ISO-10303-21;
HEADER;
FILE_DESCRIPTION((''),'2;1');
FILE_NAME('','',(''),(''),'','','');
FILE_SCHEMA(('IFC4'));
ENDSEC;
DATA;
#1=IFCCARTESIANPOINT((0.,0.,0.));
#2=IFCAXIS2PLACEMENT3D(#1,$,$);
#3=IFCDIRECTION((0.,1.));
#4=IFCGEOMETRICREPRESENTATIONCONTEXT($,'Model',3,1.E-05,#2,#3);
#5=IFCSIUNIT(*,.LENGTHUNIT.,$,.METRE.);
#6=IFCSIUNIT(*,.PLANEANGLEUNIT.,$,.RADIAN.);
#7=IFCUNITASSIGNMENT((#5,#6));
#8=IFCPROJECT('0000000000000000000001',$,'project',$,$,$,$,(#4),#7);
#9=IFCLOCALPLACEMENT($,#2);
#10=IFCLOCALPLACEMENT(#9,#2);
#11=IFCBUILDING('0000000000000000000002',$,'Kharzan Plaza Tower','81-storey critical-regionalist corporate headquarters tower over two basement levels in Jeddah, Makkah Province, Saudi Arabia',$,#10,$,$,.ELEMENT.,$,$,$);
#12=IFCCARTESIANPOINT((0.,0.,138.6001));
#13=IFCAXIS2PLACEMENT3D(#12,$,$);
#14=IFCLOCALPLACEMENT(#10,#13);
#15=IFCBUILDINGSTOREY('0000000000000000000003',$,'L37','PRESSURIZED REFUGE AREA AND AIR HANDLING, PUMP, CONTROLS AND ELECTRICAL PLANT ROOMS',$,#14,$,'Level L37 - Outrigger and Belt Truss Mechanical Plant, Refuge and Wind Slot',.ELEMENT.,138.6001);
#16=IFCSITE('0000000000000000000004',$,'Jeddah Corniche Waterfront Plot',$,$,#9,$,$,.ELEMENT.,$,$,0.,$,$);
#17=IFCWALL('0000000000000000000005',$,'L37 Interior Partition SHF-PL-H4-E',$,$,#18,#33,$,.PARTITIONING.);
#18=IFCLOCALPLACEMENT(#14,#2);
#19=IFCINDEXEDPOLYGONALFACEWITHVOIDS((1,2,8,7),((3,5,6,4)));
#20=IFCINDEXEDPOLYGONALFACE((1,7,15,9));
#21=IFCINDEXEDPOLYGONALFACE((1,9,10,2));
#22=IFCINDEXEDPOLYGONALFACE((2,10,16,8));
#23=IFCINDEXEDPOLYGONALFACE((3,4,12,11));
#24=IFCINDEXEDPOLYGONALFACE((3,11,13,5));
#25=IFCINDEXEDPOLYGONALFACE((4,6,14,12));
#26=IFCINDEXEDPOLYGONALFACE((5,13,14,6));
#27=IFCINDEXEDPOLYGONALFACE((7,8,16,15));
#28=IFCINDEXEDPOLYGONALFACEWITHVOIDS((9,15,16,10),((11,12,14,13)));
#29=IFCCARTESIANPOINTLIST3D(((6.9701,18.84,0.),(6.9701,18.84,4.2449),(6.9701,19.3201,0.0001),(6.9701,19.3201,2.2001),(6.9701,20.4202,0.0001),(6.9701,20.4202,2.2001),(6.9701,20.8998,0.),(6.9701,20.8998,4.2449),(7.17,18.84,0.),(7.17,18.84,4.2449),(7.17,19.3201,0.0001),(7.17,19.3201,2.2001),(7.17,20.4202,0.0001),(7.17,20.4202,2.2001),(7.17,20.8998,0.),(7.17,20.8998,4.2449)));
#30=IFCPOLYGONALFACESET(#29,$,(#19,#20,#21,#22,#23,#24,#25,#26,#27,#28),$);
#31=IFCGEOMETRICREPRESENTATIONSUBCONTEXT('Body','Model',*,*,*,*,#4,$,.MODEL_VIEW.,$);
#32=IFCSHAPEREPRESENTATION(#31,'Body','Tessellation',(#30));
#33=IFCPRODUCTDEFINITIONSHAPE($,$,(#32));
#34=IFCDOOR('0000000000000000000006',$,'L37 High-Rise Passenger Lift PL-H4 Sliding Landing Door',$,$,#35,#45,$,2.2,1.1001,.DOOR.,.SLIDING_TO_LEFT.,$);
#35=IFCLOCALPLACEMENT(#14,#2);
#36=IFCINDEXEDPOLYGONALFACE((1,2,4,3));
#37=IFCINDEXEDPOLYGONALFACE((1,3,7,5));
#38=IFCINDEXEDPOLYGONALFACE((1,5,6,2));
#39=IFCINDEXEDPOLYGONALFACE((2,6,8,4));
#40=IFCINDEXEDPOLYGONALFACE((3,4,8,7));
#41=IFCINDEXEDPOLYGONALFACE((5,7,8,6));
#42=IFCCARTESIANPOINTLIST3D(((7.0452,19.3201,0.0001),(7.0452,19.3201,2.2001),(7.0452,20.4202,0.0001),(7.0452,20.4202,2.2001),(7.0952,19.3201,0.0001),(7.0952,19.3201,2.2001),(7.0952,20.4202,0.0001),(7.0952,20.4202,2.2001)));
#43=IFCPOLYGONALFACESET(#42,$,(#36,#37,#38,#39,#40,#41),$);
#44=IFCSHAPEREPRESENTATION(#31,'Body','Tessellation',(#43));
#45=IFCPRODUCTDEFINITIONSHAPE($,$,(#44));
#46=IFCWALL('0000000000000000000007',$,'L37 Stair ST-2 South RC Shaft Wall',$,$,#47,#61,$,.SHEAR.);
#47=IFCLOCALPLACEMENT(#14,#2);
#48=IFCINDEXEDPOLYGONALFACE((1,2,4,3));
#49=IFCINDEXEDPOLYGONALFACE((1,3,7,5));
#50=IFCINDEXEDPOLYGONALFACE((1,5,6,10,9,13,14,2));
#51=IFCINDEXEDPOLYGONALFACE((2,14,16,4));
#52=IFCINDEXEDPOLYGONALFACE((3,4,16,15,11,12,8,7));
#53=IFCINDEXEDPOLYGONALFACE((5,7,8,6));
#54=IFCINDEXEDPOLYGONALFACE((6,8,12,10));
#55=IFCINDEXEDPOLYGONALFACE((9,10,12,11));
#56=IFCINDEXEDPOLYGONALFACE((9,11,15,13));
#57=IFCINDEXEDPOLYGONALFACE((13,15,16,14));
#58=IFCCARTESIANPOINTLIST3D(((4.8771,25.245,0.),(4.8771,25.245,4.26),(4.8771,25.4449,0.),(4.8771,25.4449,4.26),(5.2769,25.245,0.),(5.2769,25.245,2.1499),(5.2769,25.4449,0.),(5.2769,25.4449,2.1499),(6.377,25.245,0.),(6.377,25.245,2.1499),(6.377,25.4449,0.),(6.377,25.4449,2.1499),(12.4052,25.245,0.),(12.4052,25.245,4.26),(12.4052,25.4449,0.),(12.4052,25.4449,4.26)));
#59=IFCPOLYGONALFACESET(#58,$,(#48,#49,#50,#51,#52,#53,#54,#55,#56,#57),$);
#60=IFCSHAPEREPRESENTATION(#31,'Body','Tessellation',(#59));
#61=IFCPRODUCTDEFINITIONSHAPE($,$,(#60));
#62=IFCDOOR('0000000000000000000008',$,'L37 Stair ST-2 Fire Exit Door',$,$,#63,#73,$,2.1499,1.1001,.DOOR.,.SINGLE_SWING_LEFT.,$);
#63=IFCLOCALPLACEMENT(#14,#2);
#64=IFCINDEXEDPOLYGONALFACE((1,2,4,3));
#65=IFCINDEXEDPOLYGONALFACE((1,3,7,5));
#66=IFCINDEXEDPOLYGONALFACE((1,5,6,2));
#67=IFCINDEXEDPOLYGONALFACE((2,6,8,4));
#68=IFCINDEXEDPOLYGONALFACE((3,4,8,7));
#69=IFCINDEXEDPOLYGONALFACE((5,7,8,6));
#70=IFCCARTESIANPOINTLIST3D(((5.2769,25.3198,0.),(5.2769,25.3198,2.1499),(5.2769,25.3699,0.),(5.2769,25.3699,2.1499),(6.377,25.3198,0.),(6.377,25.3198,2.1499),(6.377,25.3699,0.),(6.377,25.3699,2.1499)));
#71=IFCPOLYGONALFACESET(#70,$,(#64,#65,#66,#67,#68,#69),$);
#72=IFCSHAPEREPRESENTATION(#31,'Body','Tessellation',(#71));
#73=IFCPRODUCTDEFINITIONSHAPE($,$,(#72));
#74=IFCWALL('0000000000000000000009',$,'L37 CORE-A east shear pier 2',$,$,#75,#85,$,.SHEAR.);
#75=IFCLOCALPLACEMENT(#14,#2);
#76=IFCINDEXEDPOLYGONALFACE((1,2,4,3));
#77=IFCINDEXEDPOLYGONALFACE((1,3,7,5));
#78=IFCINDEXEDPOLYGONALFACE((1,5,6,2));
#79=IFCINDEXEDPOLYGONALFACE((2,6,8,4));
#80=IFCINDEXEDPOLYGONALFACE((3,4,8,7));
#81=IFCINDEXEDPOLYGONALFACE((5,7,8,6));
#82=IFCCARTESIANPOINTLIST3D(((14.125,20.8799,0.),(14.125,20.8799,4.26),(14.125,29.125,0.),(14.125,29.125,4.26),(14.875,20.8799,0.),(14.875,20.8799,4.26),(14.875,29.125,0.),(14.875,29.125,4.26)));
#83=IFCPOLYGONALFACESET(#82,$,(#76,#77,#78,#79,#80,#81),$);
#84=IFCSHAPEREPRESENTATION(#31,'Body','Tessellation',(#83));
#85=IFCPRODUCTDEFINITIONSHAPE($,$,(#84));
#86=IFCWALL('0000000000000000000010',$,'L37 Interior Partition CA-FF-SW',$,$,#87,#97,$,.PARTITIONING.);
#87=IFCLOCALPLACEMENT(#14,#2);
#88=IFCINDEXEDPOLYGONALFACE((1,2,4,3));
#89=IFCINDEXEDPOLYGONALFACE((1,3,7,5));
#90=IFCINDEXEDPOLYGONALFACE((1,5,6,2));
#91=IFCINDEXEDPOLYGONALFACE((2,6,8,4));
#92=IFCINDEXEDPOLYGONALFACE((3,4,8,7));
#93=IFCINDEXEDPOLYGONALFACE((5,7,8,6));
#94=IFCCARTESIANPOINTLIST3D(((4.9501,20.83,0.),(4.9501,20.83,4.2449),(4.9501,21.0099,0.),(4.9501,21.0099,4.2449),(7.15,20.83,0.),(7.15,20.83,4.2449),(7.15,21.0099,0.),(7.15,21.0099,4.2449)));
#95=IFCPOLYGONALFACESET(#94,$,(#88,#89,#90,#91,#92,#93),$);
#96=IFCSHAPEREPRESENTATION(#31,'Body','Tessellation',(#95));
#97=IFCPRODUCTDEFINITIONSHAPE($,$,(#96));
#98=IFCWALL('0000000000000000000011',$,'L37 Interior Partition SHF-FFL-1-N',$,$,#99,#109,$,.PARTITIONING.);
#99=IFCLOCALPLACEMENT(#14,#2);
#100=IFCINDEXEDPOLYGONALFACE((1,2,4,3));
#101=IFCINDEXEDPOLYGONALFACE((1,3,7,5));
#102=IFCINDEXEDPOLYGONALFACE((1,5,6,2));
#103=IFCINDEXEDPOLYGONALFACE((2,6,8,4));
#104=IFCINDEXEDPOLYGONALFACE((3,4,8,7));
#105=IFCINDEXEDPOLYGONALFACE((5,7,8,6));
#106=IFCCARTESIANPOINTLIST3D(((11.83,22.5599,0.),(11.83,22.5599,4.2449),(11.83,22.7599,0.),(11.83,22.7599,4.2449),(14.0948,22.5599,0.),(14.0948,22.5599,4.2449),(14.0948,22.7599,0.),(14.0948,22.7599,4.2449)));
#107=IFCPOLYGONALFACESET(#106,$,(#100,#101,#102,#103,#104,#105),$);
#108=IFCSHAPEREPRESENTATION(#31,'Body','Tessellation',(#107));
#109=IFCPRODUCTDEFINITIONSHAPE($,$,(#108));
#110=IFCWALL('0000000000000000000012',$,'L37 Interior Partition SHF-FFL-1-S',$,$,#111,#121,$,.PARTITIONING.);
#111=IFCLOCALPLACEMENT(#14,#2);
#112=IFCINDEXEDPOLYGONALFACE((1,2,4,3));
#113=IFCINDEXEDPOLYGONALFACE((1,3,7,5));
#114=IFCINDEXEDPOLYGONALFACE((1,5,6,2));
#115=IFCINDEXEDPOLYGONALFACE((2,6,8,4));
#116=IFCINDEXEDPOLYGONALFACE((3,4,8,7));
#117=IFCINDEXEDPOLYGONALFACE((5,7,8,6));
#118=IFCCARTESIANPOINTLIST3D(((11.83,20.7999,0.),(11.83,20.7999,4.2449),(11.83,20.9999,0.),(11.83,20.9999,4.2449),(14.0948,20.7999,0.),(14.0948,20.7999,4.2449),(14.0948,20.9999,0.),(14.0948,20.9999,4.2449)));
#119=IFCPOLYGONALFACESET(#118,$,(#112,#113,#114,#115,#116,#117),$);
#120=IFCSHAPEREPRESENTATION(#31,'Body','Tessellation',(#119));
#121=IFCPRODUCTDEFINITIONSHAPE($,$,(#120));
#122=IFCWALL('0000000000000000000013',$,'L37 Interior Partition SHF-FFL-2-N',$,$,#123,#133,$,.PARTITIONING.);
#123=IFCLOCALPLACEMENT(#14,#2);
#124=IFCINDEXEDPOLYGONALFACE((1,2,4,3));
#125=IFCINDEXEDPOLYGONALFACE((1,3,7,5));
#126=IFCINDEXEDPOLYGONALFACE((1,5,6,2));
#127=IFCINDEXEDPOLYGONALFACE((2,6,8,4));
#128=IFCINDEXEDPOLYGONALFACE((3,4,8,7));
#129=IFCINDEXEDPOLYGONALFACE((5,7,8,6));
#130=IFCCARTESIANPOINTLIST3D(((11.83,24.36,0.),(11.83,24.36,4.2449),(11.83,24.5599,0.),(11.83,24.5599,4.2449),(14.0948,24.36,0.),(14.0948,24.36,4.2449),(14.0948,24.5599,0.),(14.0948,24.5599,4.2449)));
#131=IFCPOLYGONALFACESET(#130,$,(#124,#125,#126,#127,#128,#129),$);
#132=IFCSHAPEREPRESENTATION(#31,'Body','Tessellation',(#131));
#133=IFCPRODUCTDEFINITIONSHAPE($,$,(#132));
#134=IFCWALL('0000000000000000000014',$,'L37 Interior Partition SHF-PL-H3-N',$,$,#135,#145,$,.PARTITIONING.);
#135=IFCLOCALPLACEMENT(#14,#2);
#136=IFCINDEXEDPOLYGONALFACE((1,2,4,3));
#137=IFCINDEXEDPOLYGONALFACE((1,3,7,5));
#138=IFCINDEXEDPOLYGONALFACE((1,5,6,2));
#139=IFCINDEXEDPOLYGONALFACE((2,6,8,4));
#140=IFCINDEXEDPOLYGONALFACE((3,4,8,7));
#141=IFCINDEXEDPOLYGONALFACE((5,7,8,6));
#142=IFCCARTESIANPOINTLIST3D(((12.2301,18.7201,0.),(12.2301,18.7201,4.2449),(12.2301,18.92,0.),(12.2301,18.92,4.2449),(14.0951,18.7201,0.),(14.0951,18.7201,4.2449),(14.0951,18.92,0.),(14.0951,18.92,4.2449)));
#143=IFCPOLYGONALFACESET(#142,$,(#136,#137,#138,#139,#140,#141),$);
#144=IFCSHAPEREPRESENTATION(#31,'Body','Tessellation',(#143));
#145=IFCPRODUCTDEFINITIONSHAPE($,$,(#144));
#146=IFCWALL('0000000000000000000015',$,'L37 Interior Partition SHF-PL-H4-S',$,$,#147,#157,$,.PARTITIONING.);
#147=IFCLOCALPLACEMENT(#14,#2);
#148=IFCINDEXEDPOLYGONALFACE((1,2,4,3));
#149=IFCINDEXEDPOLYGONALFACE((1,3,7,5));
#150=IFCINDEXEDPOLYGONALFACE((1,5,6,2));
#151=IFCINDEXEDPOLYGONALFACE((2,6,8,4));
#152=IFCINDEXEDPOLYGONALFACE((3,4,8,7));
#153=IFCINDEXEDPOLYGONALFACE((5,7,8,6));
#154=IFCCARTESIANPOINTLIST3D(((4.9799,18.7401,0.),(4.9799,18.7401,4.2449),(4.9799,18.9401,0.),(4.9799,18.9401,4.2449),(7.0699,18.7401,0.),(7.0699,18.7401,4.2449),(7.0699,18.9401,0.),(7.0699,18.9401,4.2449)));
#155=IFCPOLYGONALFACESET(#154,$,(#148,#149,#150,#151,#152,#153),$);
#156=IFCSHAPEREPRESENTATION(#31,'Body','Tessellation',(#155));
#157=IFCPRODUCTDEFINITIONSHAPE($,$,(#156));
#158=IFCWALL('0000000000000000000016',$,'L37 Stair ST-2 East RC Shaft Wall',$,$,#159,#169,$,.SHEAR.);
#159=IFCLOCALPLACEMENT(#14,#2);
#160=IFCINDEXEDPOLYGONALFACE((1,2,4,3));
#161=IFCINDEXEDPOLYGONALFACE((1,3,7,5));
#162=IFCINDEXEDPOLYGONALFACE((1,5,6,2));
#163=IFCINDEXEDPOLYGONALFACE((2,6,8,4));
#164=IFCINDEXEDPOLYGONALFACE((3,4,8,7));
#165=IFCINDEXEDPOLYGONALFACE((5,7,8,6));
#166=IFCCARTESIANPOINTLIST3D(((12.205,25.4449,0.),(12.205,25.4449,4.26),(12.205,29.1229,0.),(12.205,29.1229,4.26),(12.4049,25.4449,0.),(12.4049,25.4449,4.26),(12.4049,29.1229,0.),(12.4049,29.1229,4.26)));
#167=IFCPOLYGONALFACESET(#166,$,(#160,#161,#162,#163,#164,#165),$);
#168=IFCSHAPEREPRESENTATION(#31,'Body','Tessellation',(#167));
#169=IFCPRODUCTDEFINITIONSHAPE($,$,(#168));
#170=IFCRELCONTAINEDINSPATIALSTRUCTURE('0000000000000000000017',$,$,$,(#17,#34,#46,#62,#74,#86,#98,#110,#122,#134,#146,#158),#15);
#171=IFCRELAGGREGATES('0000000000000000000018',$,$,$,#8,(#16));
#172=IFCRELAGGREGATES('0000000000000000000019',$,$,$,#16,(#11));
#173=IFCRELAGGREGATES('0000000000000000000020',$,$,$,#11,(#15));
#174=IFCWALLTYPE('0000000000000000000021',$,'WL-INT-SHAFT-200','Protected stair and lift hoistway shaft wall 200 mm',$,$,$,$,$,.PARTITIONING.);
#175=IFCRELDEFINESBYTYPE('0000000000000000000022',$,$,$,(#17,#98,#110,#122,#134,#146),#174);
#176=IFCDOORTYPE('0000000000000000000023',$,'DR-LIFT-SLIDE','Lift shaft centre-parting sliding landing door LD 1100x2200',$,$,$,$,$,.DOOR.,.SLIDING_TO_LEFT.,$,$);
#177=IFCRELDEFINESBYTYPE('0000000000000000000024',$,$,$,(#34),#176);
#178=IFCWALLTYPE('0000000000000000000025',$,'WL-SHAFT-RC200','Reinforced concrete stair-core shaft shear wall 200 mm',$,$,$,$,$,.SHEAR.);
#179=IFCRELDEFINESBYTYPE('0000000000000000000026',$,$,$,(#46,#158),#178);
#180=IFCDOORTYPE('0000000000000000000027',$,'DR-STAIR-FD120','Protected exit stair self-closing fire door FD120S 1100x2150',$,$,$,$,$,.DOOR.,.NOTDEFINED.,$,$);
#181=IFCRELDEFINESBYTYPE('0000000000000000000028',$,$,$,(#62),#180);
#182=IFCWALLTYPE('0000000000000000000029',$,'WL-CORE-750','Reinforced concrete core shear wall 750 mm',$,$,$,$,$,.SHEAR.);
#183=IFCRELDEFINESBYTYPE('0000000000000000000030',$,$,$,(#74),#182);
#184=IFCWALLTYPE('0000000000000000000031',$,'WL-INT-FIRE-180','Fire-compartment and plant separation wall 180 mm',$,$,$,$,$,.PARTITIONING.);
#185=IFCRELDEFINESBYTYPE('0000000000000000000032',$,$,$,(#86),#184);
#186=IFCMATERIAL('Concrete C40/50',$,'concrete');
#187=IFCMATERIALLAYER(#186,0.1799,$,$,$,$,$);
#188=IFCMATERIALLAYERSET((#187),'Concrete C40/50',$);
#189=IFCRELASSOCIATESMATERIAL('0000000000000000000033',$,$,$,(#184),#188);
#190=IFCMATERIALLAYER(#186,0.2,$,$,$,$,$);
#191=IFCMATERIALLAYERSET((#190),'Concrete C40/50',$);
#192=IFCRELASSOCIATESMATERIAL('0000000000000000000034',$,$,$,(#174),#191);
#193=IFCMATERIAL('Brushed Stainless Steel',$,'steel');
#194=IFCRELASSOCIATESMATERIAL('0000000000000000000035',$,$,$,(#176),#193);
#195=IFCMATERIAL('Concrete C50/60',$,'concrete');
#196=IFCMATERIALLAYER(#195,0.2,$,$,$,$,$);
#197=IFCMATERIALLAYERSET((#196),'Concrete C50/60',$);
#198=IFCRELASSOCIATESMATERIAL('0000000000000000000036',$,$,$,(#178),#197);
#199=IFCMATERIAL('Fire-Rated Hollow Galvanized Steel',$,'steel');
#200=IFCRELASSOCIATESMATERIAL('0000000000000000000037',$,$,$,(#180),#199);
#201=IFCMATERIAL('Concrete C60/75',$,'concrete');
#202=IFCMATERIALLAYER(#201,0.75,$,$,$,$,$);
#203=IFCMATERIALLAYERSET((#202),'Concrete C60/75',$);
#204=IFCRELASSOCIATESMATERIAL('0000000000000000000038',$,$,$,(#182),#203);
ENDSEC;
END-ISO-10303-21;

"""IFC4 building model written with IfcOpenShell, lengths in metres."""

from ifc_helpers import new_model, si_unit, direction, frame, frame_2d, origin, place, context, subcontext, project, spatial, rectangle, extrude, source, transform, mapped, material, layer, layer_set, type_object, element, fill, save


model = new_model("IFC4")

# Units and contexts
model_context = context("Model", 3, precision=1e-05, world=origin(), true_north=direction((0.0, 1.0)))
body_context = subcontext(model_context, "Body", "Model", "MODEL_VIEW")
ifc_project = project(units=[si_unit("LENGTHUNIT", "METRE"), si_unit("PLANEANGLEUNIT", "RADIAN")], contexts=[model_context])

# Site, building, storey
site_placement = place(None, origin())
site = spatial("IfcSite", under=ifc_project, at=site_placement, Name="Jeddah Corniche Waterfront Plot", CompositionType="ELEMENT", RefElevation=0.0)
building_placement = place(site_placement, origin())
building = spatial("IfcBuilding", under=site, at=building_placement, Name="Kharzan Plaza Tower", Description="81-storey critical-regionalist corporate headquarters tower over two basement levels in Jeddah, Makkah Province, Saudi Arabia", CompositionType="ELEMENT")
storey_placement = place(building_placement, frame((0.0, 0.0, 138.6001)))
storey = spatial("IfcBuildingStorey", under=building, at=storey_placement, Name="L37", Description="PRESSURIZED REFUGE AREA AND AIR HANDLING, PUMP, CONTROLS AND ELECTRICAL PLANT ROOMS", LongName="Level L37 - Outrigger and Belt Truss Mechanical Plant, Refuge and Wind Slot", CompositionType="ELEMENT", Elevation=138.6001)

# Shared definitions
ifc_material_1 = material(Name="Concrete C60/75", Category="concrete")

# Walls, openings, doors
ifc_material_2 = material(Name="Concrete C40/50", Category="concrete")
ifc_layer_1 = layer(ifc_material_2, 0.1799)
ifc_layer_set_1 = layer_set([ifc_layer_1], Name="Concrete C40/50")
wall_type_1 = type_object("IfcWallType", Name="WL-INT-FIRE-180", Description="Fire-compartment and plant separation wall 180 mm", PredefinedType="PARTITIONING", material=ifc_layer_set_1)
ifc_layer_2 = layer(ifc_material_2, 0.2)
ifc_layer_set_2 = layer_set([ifc_layer_2], Name="Concrete C40/50")
wall_type_2 = type_object("IfcWallType", Name="WL-INT-SHAFT-200", Description="Protected stair and lift hoistway shaft wall 200 mm", PredefinedType="PARTITIONING", material=ifc_layer_set_2)
ifc_material_3 = material(Name="Brushed Stainless Steel", Category="steel")
door_type_1 = type_object("IfcDoorType", Name="DR-LIFT-SLIDE", Description="Lift shaft centre-parting sliding landing door LD 1100x2200", OperationType="SLIDING_TO_LEFT", PredefinedType="DOOR", material=ifc_material_3)
shared_shape_1 = source(origin(), body_context, "Body", "SweptSolid", [
    extrude(rectangle(XDim=1.1001, YDim=2.2, at=frame_2d((0.55, 1.1001))), frame((0.0, 0.0249, 0.0), z_axis=(0.0, -1.0, 0.0), x_axis=(1.0, 0.0, 0.0)), (0.0, 0.0, 1.0), 0.05),
])
wall_1_placement = place(storey_placement, frame((7.0701, 18.8401, 0.0), z_axis=(0.0, 0.0, 1.0), x_axis=(0.0, 1.0, 0.0)))
wall_1 = element("IfcWall", 1, at=wall_1_placement, inside=storey, type_object=wall_type_2, Name="L37 Interior Partition SHF-PL-H4-E", PredefinedType="PARTITIONING", context=body_context, shape_type="SweptSolid", body=[
    extrude(rectangle(XDim=2.0598, YDim=0.2, at=frame_2d((1.0298, 0.0))), origin(), (0.0, 0.0, 1.0), 4.2449),
])
opening_1_placement = place(wall_1_placement, frame((0.48, 0.0, 0.0)))
opening_1 = element("IfcOpeningElement", 2, at=opening_1_placement, cuts=wall_1, PredefinedType="OPENING", context=body_context, shape_type="SweptSolid", body=[
    extrude(rectangle(XDim=1.1001, YDim=2.2, at=frame_2d((0.55, 1.1001))), frame((0.0, 0.1099, 0.0), z_axis=(0.0, -1.0, 0.0), x_axis=(1.0, 0.0, 0.0)), (0.0, 0.0, 1.0), 0.22),
])
door_1_placement = place(opening_1_placement, origin())
door_1 = element("IfcDoor", 3, at=door_1_placement, inside=storey, type_object=door_type_1, Name="L37 High-Rise Passenger Lift PL-H4 Sliding Landing Door", OperationType="SLIDING_TO_LEFT", OverallHeight=2.2, OverallWidth=1.1001, PredefinedType="DOOR", context=body_context, shape_type="MappedRepresentation", body=[
    mapped(shared_shape_1, transform((0.0, 0.0, 0.0), x_axis=(1.0, 0.0, 0.0), y_axis=(0.0, 1.0, 0.0), z_axis=(0.0, 0.0, 1.0))),
])
fill(opening_1, door_1)
ifc_material_4 = material(Name="Concrete C50/60", Category="concrete")
ifc_layer_3 = layer(ifc_material_4, 0.2)
ifc_layer_set_3 = layer_set([ifc_layer_3], Name="Concrete C50/60")
wall_type_3 = type_object("IfcWallType", Name="WL-SHAFT-RC200", Description="Reinforced concrete stair-core shaft shear wall 200 mm", PredefinedType="SHEAR", material=ifc_layer_set_3)
wall_2_placement = place(storey_placement, frame((4.877, 25.345, 0.0), z_axis=(0.0, 0.0, 1.0), x_axis=(1.0, 0.0, 0.0)))
wall_2 = element("IfcWall", 4, at=wall_2_placement, inside=storey, type_object=wall_type_3, Name="L37 Stair ST-2 South RC Shaft Wall", PredefinedType="SHEAR", context=body_context, shape_type="SweptSolid", body=[
    extrude(rectangle(XDim=7.5281, YDim=0.2, at=frame_2d((3.7642, 0.0))), origin(), (0.0, 0.0, 1.0), 4.26),
])
opening_2_placement = place(wall_2_placement, frame((0.3999, 0.0, 0.0)))
opening_2 = element("IfcOpeningElement", 5, at=opening_2_placement, cuts=wall_2, PredefinedType="OPENING", context=body_context, shape_type="SweptSolid", body=[
    extrude(rectangle(XDim=1.1001, YDim=2.1499, at=frame_2d((0.55, 1.075))), frame((0.0, 0.1099, 0.0), z_axis=(0.0, -1.0, 0.0), x_axis=(1.0, 0.0, 0.0)), (0.0, 0.0, 1.0), 0.22),
])
ifc_material_5 = material(Name="Fire-Rated Hollow Galvanized Steel", Category="steel")
door_type_2 = type_object("IfcDoorType", Name="DR-STAIR-FD120", Description="Protected exit stair self-closing fire door FD120S 1100x2150", OperationType="NOTDEFINED", PredefinedType="DOOR", material=ifc_material_5)
shared_shape_2 = source(origin(), body_context, "Body", "SweptSolid", [
    extrude(rectangle(XDim=1.1001, YDim=2.1499, at=frame_2d((0.55, 1.075))), frame((0.0, 0.0249, 0.0), z_axis=(0.0, -1.0, 0.0), x_axis=(1.0, 0.0, 0.0)), (0.0, 0.0, 1.0), 0.05),
])
door_2_placement = place(opening_2_placement, origin())
door_2 = element("IfcDoor", 6, at=door_2_placement, inside=storey, type_object=door_type_2, Name="L37 Stair ST-2 Fire Exit Door", OperationType="SINGLE_SWING_LEFT", OverallHeight=2.1499, OverallWidth=1.1001, PredefinedType="DOOR", context=body_context, shape_type="MappedRepresentation", body=[
    mapped(shared_shape_2, transform((0.0, 0.0, 0.0), x_axis=(1.0, 0.0, 0.0), y_axis=(0.0, 1.0, 0.0), z_axis=(0.0, 0.0, 1.0))),
])
fill(opening_2, door_2)

# Walls
ifc_layer_4 = layer(ifc_material_1, 0.75)
ifc_layer_set_4 = layer_set([ifc_layer_4], Name="Concrete C60/75")
wall_type_4 = type_object("IfcWallType", Name="WL-CORE-750", Description="Reinforced concrete core shear wall 750 mm", PredefinedType="SHEAR", material=ifc_layer_set_4)
shared_shape_3 = source(origin(), body_context, "Body", "SweptSolid", [
    extrude(rectangle(XDim=8.2451, YDim=0.75, at=frame_2d((4.1226, 0.0))), origin(), (0.0, 0.0, 1.0), 4.26),
])
wall_3_placement = place(storey_placement, frame((14.5, 20.8799, 0.0), z_axis=(0.0, 0.0, 1.0), x_axis=(0.0, 1.0, 0.0)))
element("IfcWall", 7, at=wall_3_placement, inside=storey, type_object=wall_type_4, Name="L37 CORE-A east shear pier 2", PredefinedType="SHEAR", context=body_context, shape_type="MappedRepresentation", body=[
    mapped(shared_shape_3, transform((0.0, 0.0, 0.0), x_axis=(1.0, 0.0, 0.0), y_axis=(0.0, 1.0, 0.0), z_axis=(0.0, 0.0, 1.0))),
])
shared_shape_4 = source(origin(), body_context, "Body", "SweptSolid", [
    extrude(rectangle(XDim=2.2, YDim=0.1799, at=frame_2d((1.1001, 0.0))), origin(), (0.0, 0.0, 1.0), 4.2449),
])
wall_4_placement = place(storey_placement, frame((4.95, 20.9199, 0.0), z_axis=(0.0, 0.0, 1.0), x_axis=(1.0, 0.0, 0.0)))
element("IfcWall", 8, at=wall_4_placement, inside=storey, type_object=wall_type_1, Name="L37 Interior Partition CA-FF-SW", PredefinedType="PARTITIONING", context=body_context, shape_type="MappedRepresentation", body=[
    mapped(shared_shape_4, transform((0.0, 0.0, 0.0), x_axis=(1.0, 0.0, 0.0), y_axis=(0.0, 1.0, 0.0), z_axis=(0.0, 0.0, 1.0))),
])
shared_shape_5 = source(origin(), body_context, "Body", "SweptSolid", [
    extrude(rectangle(XDim=2.2649, YDim=0.2, at=frame_2d((1.1323, 0.0))), origin(), (0.0, 0.0, 1.0), 4.2449),
])
for number, where, z_axis, x_axis, name in (
    (9, (11.8301, 22.6599, 0.0), (0.0, 0.0, 1.0), (1.0, 0.0, 0.0), "L37 Interior Partition SHF-FFL-1-N"),
    (10, (11.8301, 20.8999, 0.0), (0.0, 0.0, 1.0), (1.0, 0.0, 0.0), "L37 Interior Partition SHF-FFL-1-S"),
    (11, (11.8301, 24.46, 0.0), (0.0, 0.0, 1.0), (1.0, 0.0, 0.0), "L37 Interior Partition SHF-FFL-2-N"),
):
    element("IfcWall", number, at=place(storey_placement, frame(where, z_axis=z_axis, x_axis=x_axis)), inside=storey, type_object=wall_type_2, Name=name, PredefinedType="PARTITIONING", context=body_context, shape_type="MappedRepresentation", body=[
        mapped(shared_shape_5, transform((0.0, 0.0, 0.0), x_axis=(1.0, 0.0, 0.0), y_axis=(0.0, 1.0, 0.0), z_axis=(0.0, 0.0, 1.0))),
    ])
shared_shape_6 = source(origin(), body_context, "Body", "SweptSolid", [
    extrude(rectangle(XDim=1.865, YDim=0.2, at=frame_2d((0.9326, 0.0))), origin(), (0.0, 0.0, 1.0), 4.2449),
])
wall_5_placement = place(storey_placement, frame((12.23, 18.8201, 0.0), z_axis=(0.0, 0.0, 1.0), x_axis=(1.0, 0.0, 0.0)))
element("IfcWall", 12, at=wall_5_placement, inside=storey, type_object=wall_type_2, Name="L37 Interior Partition SHF-PL-H3-N", PredefinedType="PARTITIONING", context=body_context, shape_type="MappedRepresentation", body=[
    mapped(shared_shape_6, transform((0.0, 0.0, 0.0), x_axis=(1.0, 0.0, 0.0), y_axis=(0.0, 1.0, 0.0), z_axis=(0.0, 0.0, 1.0))),
])
shared_shape_7 = source(origin(), body_context, "Body", "SweptSolid", [
    extrude(rectangle(XDim=2.0901, YDim=0.2, at=frame_2d((1.0449, 0.0))), origin(), (0.0, 0.0, 1.0), 4.2449),
])
wall_6_placement = place(storey_placement, frame((4.98, 18.8401, 0.0), z_axis=(0.0, 0.0, 1.0), x_axis=(1.0, 0.0, 0.0)))
element("IfcWall", 13, at=wall_6_placement, inside=storey, type_object=wall_type_2, Name="L37 Interior Partition SHF-PL-H4-S", PredefinedType="PARTITIONING", context=body_context, shape_type="MappedRepresentation", body=[
    mapped(shared_shape_7, transform((0.0, 0.0, 0.0), x_axis=(1.0, 0.0, 0.0), y_axis=(0.0, 1.0, 0.0), z_axis=(0.0, 0.0, 1.0))),
])
shared_shape_8 = source(origin(), body_context, "Body", "SweptSolid", [
    extrude(rectangle(XDim=3.678, YDim=0.2, at=frame_2d((1.8389, 0.0))), origin(), (0.0, 0.0, 1.0), 4.26),
])
wall_7_placement = place(storey_placement, frame((12.3049, 25.4451, 0.0), z_axis=(0.0, 0.0, 1.0), x_axis=(0.0, 1.0, 0.0)))
element("IfcWall", 14, at=wall_7_placement, inside=storey, type_object=wall_type_3, Name="L37 Stair ST-2 East RC Shaft Wall", PredefinedType="SHEAR", context=body_context, shape_type="MappedRepresentation", body=[
    mapped(shared_shape_8, transform((0.0, 0.0, 0.0), x_axis=(1.0, 0.0, 0.0), y_axis=(0.0, 1.0, 0.0), z_axis=(0.0, 0.0, 1.0))),
])

save(model, "model.ifc")
